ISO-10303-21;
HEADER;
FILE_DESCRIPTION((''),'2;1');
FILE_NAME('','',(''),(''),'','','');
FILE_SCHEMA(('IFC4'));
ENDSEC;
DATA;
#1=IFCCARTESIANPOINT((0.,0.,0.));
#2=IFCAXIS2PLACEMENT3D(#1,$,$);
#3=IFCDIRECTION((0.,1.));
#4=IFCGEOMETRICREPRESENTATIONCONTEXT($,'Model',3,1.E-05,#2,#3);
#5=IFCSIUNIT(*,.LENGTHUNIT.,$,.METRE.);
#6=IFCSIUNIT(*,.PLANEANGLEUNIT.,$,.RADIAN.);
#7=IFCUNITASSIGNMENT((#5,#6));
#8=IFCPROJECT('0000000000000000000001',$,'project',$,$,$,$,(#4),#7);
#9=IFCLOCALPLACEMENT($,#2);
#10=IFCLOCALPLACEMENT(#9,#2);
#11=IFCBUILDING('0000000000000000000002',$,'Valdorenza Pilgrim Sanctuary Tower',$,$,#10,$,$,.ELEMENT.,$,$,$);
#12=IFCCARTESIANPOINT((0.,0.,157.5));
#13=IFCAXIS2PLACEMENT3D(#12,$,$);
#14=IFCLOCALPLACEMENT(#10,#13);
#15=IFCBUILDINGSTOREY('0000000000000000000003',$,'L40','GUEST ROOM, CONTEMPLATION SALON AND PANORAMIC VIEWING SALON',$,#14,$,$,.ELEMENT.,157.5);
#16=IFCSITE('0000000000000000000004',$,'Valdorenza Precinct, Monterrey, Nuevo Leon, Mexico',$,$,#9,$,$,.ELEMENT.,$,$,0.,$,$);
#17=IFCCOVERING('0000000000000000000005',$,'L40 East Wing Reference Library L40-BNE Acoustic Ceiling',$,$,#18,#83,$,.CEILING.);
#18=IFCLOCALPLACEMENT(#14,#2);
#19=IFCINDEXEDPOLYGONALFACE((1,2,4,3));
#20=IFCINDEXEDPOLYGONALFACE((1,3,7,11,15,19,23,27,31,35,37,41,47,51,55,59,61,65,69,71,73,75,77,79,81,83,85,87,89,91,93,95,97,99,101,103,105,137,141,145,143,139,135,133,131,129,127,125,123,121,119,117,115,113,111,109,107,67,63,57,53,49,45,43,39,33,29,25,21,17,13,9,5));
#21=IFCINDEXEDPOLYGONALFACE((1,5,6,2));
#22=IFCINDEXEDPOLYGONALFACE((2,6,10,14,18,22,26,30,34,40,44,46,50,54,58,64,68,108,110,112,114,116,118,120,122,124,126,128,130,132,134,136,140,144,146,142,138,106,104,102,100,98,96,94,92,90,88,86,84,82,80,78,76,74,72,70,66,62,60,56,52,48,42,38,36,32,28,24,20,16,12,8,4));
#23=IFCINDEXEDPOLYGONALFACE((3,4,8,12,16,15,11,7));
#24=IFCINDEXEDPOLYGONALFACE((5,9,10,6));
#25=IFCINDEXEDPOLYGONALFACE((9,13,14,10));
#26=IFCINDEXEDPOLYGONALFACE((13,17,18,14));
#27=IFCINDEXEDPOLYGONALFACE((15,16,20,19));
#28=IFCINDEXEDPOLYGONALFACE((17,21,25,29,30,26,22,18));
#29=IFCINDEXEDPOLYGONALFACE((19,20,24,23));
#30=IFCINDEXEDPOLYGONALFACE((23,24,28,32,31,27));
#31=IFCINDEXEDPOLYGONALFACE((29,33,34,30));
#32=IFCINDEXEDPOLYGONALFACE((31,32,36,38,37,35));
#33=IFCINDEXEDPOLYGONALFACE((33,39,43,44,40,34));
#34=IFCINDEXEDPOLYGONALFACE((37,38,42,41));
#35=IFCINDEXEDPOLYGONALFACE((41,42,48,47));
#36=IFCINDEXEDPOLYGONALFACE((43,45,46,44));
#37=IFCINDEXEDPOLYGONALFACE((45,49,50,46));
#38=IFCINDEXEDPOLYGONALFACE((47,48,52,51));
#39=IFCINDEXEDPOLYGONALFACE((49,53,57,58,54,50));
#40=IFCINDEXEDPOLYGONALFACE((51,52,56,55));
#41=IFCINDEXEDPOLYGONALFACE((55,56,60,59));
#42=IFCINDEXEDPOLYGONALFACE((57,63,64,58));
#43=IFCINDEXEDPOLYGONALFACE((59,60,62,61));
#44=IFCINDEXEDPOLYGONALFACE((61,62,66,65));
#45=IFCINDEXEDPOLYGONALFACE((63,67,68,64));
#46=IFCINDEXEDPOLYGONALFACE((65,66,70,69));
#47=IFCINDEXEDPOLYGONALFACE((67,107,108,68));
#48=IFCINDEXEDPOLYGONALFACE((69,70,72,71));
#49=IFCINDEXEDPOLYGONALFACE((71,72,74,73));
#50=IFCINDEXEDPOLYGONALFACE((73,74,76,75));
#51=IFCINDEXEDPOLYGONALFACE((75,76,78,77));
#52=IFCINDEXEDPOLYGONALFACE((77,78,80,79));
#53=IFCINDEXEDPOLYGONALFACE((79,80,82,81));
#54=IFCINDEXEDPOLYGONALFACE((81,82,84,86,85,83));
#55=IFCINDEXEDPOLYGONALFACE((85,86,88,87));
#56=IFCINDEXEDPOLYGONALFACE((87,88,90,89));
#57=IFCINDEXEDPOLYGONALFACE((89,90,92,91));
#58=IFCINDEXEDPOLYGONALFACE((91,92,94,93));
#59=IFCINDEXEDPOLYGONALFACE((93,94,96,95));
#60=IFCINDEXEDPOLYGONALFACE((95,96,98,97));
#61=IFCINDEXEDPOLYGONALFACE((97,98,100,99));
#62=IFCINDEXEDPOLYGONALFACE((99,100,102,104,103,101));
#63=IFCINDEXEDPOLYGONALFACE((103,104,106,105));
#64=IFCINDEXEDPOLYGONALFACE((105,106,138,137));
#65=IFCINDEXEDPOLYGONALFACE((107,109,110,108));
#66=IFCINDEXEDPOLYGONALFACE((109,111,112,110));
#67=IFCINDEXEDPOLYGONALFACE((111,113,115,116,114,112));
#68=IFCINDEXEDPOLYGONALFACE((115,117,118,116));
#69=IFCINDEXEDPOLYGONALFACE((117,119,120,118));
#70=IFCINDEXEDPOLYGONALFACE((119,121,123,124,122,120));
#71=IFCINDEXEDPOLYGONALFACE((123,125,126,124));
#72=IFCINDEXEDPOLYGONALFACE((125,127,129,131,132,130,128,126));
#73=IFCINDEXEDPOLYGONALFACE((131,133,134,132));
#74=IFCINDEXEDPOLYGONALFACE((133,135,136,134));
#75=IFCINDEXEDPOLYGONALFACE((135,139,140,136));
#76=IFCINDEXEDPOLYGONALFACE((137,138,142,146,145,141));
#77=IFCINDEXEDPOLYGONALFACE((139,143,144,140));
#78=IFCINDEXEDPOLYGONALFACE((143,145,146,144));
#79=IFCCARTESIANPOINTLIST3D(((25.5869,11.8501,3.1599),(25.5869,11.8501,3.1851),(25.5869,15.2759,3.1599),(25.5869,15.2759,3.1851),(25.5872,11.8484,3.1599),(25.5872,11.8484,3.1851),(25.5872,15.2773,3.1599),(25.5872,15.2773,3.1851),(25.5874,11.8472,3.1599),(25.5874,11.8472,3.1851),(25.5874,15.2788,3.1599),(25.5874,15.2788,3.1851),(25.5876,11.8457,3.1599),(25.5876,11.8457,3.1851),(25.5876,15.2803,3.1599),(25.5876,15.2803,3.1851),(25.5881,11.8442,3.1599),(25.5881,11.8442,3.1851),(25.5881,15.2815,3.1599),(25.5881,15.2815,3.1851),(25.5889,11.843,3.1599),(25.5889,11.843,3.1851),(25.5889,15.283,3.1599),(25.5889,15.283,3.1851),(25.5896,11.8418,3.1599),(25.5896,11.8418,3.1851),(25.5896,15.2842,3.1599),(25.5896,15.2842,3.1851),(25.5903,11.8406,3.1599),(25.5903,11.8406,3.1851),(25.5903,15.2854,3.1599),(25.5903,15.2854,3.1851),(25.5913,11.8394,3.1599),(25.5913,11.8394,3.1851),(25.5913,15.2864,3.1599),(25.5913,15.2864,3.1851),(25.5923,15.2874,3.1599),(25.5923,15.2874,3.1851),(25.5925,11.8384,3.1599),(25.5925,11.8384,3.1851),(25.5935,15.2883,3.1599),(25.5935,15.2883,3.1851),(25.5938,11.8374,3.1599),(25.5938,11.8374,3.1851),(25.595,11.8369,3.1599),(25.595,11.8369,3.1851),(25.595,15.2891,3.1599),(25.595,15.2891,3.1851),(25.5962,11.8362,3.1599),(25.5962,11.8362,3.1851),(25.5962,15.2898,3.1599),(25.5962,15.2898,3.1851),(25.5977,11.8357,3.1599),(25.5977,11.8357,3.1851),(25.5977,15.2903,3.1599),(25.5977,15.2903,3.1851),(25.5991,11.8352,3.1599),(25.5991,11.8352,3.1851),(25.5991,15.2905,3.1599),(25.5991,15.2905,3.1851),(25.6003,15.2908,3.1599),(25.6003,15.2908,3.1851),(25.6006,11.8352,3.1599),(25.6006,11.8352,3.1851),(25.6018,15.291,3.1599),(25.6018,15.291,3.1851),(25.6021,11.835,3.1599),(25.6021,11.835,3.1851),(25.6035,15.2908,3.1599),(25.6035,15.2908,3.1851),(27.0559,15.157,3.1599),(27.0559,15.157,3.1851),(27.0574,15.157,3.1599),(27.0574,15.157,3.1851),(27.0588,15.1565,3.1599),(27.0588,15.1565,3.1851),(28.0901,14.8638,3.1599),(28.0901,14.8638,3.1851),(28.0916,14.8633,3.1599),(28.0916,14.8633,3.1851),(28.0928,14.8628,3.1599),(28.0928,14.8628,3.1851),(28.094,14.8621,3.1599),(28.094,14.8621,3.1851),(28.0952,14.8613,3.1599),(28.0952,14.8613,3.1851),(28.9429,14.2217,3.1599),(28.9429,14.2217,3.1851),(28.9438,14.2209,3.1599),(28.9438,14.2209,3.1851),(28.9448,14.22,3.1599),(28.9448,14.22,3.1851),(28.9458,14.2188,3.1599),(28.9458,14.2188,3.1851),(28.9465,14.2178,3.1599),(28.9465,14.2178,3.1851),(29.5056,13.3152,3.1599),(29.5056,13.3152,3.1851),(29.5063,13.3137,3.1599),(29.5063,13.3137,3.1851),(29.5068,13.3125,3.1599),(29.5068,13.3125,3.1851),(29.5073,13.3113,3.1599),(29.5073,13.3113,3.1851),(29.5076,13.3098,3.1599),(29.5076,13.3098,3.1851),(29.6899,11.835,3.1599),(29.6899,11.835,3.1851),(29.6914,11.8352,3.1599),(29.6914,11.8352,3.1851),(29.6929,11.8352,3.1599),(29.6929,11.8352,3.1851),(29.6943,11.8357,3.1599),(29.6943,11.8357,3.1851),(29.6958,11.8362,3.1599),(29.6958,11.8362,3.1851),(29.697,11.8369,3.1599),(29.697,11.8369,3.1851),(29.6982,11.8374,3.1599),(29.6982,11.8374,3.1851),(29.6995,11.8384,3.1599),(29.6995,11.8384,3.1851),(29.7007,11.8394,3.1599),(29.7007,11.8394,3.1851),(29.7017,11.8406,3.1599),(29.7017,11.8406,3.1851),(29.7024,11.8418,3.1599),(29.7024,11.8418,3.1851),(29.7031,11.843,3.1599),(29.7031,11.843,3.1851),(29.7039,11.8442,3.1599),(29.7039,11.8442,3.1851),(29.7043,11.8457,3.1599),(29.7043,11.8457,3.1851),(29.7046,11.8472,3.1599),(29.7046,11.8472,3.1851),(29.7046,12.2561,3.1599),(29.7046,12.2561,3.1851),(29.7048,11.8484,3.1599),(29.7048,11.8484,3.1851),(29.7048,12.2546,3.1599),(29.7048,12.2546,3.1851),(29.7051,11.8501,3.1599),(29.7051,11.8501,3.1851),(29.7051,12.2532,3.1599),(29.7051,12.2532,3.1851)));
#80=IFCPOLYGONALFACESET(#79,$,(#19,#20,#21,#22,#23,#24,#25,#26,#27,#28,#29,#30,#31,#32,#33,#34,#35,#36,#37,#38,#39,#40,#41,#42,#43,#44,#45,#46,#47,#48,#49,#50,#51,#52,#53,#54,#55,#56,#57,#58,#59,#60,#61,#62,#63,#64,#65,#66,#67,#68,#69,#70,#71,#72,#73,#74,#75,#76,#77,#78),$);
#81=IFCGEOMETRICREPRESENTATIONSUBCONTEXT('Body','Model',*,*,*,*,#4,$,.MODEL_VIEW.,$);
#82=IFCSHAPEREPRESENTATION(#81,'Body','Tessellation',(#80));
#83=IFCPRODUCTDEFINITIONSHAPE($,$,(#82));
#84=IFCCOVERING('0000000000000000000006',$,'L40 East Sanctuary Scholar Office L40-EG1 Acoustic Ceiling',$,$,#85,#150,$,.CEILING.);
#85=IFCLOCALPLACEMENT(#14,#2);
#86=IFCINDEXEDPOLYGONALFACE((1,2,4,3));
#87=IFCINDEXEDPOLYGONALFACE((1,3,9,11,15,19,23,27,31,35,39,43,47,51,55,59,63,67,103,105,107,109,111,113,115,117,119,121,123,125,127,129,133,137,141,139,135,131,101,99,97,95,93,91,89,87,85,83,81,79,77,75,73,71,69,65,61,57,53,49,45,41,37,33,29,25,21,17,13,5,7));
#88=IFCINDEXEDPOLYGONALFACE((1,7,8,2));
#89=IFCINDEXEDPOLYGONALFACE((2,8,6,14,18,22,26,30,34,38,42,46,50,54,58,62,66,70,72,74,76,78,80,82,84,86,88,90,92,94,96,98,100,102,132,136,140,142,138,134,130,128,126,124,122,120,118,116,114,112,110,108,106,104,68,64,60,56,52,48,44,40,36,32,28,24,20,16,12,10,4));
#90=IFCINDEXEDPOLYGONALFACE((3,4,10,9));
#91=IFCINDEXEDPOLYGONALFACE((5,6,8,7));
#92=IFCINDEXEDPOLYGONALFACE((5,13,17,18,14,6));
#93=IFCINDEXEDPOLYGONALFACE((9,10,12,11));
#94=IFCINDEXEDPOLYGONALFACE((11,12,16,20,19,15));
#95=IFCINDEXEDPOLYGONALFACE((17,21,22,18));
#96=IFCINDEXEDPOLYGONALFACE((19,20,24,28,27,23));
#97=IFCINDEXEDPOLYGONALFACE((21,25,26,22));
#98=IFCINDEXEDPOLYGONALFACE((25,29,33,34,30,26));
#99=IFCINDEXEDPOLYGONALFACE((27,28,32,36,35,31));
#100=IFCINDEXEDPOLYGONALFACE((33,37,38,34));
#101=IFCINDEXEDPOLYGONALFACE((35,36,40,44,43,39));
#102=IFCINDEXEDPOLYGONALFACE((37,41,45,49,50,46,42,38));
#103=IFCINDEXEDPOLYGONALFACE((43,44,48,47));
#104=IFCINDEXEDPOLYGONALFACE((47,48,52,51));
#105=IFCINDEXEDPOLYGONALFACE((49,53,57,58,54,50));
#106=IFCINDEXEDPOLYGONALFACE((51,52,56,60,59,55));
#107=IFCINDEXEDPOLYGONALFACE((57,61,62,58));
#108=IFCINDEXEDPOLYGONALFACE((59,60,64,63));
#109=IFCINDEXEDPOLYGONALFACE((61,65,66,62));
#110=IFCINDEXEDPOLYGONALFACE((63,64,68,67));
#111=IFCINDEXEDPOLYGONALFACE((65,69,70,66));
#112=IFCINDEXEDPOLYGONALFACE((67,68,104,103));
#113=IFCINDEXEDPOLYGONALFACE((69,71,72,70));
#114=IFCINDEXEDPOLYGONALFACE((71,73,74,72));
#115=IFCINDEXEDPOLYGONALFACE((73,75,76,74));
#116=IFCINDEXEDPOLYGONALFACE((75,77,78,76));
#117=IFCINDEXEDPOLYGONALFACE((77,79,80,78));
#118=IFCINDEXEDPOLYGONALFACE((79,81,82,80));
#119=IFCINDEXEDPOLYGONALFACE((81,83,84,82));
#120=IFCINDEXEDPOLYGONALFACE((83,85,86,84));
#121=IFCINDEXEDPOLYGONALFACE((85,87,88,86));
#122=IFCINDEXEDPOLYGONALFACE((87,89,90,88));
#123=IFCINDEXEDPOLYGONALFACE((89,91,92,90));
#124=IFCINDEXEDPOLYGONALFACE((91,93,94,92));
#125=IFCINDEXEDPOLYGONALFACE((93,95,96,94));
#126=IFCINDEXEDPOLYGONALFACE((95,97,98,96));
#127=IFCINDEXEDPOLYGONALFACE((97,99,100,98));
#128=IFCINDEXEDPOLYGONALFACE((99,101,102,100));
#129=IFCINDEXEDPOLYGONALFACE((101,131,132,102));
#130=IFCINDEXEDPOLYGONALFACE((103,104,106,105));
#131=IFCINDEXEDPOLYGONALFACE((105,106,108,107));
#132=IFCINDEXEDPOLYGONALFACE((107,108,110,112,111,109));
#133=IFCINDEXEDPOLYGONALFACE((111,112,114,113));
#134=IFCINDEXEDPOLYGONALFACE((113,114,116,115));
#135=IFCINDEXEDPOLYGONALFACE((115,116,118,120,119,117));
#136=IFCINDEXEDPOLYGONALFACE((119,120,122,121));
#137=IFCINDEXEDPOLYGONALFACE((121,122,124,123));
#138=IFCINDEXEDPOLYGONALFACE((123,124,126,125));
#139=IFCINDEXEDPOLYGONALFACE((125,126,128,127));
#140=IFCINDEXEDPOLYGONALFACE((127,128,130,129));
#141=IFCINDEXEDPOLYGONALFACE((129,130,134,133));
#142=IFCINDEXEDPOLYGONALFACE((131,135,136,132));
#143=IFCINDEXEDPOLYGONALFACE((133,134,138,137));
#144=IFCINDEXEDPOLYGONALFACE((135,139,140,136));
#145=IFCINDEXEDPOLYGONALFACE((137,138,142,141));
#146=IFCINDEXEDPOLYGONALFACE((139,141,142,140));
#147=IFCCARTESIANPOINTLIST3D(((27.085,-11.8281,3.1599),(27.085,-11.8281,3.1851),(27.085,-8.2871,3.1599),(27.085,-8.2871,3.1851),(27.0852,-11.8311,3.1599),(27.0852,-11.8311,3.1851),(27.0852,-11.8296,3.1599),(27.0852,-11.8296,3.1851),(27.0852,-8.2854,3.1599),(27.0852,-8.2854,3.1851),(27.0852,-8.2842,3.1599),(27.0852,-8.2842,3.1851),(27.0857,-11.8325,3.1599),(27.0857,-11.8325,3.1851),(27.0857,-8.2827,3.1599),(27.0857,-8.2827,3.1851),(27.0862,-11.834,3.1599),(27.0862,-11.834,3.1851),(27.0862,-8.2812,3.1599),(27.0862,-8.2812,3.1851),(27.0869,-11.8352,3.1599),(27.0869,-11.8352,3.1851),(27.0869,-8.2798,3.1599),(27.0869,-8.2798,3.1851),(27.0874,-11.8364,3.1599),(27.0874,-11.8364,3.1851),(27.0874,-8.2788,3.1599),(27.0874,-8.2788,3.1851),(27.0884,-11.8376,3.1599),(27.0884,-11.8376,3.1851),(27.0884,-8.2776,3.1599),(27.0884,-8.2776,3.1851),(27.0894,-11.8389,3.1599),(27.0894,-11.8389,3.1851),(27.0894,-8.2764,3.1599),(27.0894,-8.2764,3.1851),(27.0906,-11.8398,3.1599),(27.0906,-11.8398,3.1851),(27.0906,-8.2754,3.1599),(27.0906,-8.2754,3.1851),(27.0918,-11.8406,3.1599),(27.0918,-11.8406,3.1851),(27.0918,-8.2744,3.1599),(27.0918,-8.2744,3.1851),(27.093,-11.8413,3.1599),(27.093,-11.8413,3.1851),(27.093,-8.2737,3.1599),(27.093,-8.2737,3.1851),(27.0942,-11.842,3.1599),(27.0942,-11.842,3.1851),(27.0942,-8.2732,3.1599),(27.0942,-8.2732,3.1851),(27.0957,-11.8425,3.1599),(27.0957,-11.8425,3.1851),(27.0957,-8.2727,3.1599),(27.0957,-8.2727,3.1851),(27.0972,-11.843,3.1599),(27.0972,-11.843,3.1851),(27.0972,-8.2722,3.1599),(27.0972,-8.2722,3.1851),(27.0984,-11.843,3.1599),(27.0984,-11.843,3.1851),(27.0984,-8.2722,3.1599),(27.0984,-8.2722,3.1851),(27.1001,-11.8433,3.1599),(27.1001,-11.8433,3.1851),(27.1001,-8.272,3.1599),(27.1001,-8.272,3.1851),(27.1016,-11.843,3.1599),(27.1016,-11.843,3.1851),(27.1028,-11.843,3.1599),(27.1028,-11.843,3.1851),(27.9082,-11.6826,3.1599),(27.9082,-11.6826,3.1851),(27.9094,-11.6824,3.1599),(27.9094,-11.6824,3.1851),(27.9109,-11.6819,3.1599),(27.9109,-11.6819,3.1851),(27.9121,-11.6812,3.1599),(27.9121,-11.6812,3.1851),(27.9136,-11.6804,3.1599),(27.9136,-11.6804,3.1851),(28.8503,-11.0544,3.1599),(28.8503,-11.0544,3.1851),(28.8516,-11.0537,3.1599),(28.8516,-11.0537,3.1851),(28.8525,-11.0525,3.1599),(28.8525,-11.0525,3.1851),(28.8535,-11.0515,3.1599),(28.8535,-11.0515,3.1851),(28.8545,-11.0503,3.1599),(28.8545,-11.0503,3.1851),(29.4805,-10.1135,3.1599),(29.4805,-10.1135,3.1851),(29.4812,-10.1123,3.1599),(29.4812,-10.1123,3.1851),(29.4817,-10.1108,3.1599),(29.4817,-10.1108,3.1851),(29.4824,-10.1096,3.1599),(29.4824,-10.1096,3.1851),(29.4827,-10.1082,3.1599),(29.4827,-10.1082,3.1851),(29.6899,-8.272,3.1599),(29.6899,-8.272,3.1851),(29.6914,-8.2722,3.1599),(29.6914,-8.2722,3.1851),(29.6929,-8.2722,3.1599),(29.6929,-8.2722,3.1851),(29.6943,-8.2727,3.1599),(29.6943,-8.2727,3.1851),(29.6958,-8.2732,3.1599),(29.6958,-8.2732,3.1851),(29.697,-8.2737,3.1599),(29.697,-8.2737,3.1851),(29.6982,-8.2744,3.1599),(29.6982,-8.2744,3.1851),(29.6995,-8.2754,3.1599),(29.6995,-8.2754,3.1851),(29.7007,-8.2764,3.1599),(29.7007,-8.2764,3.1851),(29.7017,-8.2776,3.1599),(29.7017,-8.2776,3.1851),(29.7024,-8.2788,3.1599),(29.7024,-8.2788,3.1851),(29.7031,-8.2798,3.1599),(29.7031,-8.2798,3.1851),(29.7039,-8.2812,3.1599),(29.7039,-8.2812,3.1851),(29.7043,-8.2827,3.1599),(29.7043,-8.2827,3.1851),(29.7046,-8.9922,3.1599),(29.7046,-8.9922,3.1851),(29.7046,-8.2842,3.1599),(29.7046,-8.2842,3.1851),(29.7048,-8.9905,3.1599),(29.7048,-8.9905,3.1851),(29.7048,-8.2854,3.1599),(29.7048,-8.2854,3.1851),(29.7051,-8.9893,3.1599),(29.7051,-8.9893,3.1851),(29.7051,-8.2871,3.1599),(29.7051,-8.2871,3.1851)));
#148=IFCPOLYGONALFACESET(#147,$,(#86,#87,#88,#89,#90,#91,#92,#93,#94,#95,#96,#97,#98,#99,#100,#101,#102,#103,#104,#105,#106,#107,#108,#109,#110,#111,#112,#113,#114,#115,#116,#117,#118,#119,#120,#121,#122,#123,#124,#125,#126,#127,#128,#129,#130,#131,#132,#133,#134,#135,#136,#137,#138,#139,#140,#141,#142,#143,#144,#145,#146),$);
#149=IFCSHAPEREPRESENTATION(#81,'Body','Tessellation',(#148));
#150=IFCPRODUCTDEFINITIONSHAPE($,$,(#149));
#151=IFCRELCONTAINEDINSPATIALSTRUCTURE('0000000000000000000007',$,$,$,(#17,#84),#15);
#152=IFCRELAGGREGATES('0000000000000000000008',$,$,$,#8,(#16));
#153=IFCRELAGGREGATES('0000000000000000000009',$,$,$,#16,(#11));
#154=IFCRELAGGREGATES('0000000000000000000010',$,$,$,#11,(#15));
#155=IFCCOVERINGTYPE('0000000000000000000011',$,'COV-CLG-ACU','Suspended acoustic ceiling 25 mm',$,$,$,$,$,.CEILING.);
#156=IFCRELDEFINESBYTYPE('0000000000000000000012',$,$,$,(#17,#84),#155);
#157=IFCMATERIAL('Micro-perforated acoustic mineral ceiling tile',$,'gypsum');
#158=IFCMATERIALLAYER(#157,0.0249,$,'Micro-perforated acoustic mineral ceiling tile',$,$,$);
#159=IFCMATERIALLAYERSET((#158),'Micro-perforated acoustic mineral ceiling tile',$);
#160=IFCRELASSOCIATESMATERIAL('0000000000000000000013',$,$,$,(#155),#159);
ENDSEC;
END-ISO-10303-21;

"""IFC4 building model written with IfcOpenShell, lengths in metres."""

from ifc_helpers import new_model, si_unit, direction, frame, origin, place, context, subcontext, project, spatial, polyline, outline, extrude, material, layer, layer_set, type_object, element, save


model = new_model("IFC4")

# Units and contexts
model_context = context("Model", 3, precision=1e-05, world=origin(), true_north=direction((0.0, 1.0)))
body_context = subcontext(model_context, "Body", "Model", "MODEL_VIEW")
ifc_project = project(units=[si_unit("LENGTHUNIT", "METRE"), si_unit("PLANEANGLEUNIT", "RADIAN")], contexts=[model_context])

# Site, building, storey
site_placement = place(None, origin())
site = spatial("IfcSite", under=ifc_project, at=site_placement, Name="Valdorenza Precinct, Monterrey, Nuevo Leon, Mexico", CompositionType="ELEMENT", RefElevation=0.0)
building_placement = place(site_placement, origin())
building = spatial("IfcBuilding", under=site, at=building_placement, Name="Valdorenza Pilgrim Sanctuary Tower", CompositionType="ELEMENT")
storey_placement = place(building_placement, frame((0.0, 0.0, 157.5)))
storey = spatial("IfcBuildingStorey", under=building, at=storey_placement, Name="L40", Description="GUEST ROOM, CONTEMPLATION SALON AND PANORAMIC VIEWING SALON", CompositionType="ELEMENT", Elevation=157.5)

# Coverings
ifc_material_1 = material(Name="Micro-perforated acoustic mineral ceiling tile", Category="gypsum")
ifc_layer_1 = layer(ifc_material_1, 0.0249, Name="Micro-perforated acoustic mineral ceiling tile")
ifc_layer_set_1 = layer_set([ifc_layer_1], Name="Micro-perforated acoustic mineral ceiling tile")
covering_type_1 = type_object("IfcCoveringType", Name="COV-CLG-ACU", Description="Suspended acoustic ceiling 25 mm", PredefinedType="CEILING", material=ifc_layer_set_1)
covering_1_placement = place(storey_placement, frame((0.0, 0.0, 3.1599)))
element("IfcCovering", 1, at=covering_1_placement, inside=storey, type_object=covering_type_1, Name="L40 East Wing Reference Library L40-BNE Acoustic Ceiling", PredefinedType="CEILING", context=body_context, shape_type="SweptSolid", body=[
    extrude(outline(polyline([(27.0559, 15.157), (27.0574, 15.157), (27.0588, 15.1565), (28.0901, 14.8638), (28.0916, 14.8633), (28.0928, 14.8628), (28.094, 14.8621), (28.0952, 14.8613), (28.9429, 14.2217), (28.9438, 14.2209), (28.9448, 14.22), (28.9458, 14.2188), (28.9465, 14.2178), (29.5056, 13.3152), (29.5063, 13.3137), (29.5068, 13.3125), (29.5073, 13.3113), (29.5076, 13.3098), (29.7046, 12.2561), (29.7048, 12.2546), (29.7051, 12.2532), (29.7051, 11.8501), (29.7048, 11.8484), (29.7046, 11.8472), (29.7043, 11.8457), (29.7039, 11.8442), (29.7031, 11.843), (29.7024, 11.8418), (29.7017, 11.8406), (29.7007, 11.8394), (29.6995, 11.8384), (29.6982, 11.8374), (29.697, 11.8369), (29.6958, 11.8362), (29.6943, 11.8357), (29.6929, 11.8352), (29.6914, 11.8352), (29.6899, 11.835), (25.6021, 11.835), (25.6006, 11.8352), (25.5991, 11.8352), (25.5977, 11.8357), (25.5962, 11.8362), (25.595, 11.8369), (25.5938, 11.8374), (25.5925, 11.8384), (25.5913, 11.8394), (25.5903, 11.8406), (25.5896, 11.8418), (25.5889, 11.843), (25.5881, 11.8442), (25.5876, 11.8457), (25.5874, 11.8472), (25.5872, 11.8484), (25.5869, 11.8501), (25.5869, 15.2759), (25.5872, 15.2773), (25.5874, 15.2788), (25.5876, 15.2803), (25.5881, 15.2815), (25.5889, 15.283), (25.5896, 15.2842), (25.5903, 15.2854), (25.5913, 15.2864), (25.5923, 15.2874), (25.5935, 15.2883), (25.595, 15.2891), (25.5962, 15.2898), (25.5977, 15.2903), (25.5991, 15.2905), (25.6003, 15.2908), (25.6018, 15.291), (25.6035, 15.2908), (27.0559, 15.157)])), origin(), (0.0, 0.0, 1.0), 0.0251),
])
covering_2_placement = place(storey_placement, frame((0.0, 0.0, 3.1599)))
element("IfcCovering", 2, at=covering_2_placement, inside=storey, type_object=covering_type_1, Name="L40 East Sanctuary Scholar Office L40-EG1 Acoustic Ceiling", PredefinedType="CEILING", context=body_context, shape_type="SweptSolid", body=[
    extrude(outline(polyline([(29.4827, -10.1082), (29.4824, -10.1096), (29.4817, -10.1108), (29.4812, -10.1123), (29.4805, -10.1135), (28.8545, -11.0503), (28.8535, -11.0515), (28.8525, -11.0525), (28.8516, -11.0537), (28.8503, -11.0544), (27.9136, -11.6804), (27.9121, -11.6812), (27.9109, -11.6819), (27.9094, -11.6824), (27.9082, -11.6826), (27.1028, -11.843), (27.1016, -11.843), (27.1001, -11.8433), (27.0984, -11.843), (27.0972, -11.843), (27.0957, -11.8425), (27.0942, -11.842), (27.093, -11.8413), (27.0918, -11.8406), (27.0906, -11.8398), (27.0894, -11.8389), (27.0884, -11.8376), (27.0874, -11.8364), (27.0869, -11.8352), (27.0862, -11.834), (27.0857, -11.8325), (27.0852, -11.8311), (27.0852, -11.8296), (27.085, -11.8281), (27.085, -8.2871), (27.0852, -8.2854), (27.0852, -8.2842), (27.0857, -8.2827), (27.0862, -8.2812), (27.0869, -8.2798), (27.0874, -8.2788), (27.0884, -8.2776), (27.0894, -8.2764), (27.0906, -8.2754), (27.0918, -8.2744), (27.093, -8.2737), (27.0942, -8.2732), (27.0957, -8.2727), (27.0972, -8.2722), (27.0984, -8.2722), (27.1001, -8.272), (29.6899, -8.272), (29.6914, -8.2722), (29.6929, -8.2722), (29.6943, -8.2727), (29.6958, -8.2732), (29.697, -8.2737), (29.6982, -8.2744), (29.6995, -8.2754), (29.7007, -8.2764), (29.7017, -8.2776), (29.7024, -8.2788), (29.7031, -8.2798), (29.7039, -8.2812), (29.7043, -8.2827), (29.7046, -8.2842), (29.7048, -8.2854), (29.7051, -8.2871), (29.7051, -8.9893), (29.7048, -8.9905), (29.7046, -8.9922), (29.4827, -10.1082)])), origin(), (0.0, 0.0, 1.0), 0.0251),
])

save(model, "model.ifc")
